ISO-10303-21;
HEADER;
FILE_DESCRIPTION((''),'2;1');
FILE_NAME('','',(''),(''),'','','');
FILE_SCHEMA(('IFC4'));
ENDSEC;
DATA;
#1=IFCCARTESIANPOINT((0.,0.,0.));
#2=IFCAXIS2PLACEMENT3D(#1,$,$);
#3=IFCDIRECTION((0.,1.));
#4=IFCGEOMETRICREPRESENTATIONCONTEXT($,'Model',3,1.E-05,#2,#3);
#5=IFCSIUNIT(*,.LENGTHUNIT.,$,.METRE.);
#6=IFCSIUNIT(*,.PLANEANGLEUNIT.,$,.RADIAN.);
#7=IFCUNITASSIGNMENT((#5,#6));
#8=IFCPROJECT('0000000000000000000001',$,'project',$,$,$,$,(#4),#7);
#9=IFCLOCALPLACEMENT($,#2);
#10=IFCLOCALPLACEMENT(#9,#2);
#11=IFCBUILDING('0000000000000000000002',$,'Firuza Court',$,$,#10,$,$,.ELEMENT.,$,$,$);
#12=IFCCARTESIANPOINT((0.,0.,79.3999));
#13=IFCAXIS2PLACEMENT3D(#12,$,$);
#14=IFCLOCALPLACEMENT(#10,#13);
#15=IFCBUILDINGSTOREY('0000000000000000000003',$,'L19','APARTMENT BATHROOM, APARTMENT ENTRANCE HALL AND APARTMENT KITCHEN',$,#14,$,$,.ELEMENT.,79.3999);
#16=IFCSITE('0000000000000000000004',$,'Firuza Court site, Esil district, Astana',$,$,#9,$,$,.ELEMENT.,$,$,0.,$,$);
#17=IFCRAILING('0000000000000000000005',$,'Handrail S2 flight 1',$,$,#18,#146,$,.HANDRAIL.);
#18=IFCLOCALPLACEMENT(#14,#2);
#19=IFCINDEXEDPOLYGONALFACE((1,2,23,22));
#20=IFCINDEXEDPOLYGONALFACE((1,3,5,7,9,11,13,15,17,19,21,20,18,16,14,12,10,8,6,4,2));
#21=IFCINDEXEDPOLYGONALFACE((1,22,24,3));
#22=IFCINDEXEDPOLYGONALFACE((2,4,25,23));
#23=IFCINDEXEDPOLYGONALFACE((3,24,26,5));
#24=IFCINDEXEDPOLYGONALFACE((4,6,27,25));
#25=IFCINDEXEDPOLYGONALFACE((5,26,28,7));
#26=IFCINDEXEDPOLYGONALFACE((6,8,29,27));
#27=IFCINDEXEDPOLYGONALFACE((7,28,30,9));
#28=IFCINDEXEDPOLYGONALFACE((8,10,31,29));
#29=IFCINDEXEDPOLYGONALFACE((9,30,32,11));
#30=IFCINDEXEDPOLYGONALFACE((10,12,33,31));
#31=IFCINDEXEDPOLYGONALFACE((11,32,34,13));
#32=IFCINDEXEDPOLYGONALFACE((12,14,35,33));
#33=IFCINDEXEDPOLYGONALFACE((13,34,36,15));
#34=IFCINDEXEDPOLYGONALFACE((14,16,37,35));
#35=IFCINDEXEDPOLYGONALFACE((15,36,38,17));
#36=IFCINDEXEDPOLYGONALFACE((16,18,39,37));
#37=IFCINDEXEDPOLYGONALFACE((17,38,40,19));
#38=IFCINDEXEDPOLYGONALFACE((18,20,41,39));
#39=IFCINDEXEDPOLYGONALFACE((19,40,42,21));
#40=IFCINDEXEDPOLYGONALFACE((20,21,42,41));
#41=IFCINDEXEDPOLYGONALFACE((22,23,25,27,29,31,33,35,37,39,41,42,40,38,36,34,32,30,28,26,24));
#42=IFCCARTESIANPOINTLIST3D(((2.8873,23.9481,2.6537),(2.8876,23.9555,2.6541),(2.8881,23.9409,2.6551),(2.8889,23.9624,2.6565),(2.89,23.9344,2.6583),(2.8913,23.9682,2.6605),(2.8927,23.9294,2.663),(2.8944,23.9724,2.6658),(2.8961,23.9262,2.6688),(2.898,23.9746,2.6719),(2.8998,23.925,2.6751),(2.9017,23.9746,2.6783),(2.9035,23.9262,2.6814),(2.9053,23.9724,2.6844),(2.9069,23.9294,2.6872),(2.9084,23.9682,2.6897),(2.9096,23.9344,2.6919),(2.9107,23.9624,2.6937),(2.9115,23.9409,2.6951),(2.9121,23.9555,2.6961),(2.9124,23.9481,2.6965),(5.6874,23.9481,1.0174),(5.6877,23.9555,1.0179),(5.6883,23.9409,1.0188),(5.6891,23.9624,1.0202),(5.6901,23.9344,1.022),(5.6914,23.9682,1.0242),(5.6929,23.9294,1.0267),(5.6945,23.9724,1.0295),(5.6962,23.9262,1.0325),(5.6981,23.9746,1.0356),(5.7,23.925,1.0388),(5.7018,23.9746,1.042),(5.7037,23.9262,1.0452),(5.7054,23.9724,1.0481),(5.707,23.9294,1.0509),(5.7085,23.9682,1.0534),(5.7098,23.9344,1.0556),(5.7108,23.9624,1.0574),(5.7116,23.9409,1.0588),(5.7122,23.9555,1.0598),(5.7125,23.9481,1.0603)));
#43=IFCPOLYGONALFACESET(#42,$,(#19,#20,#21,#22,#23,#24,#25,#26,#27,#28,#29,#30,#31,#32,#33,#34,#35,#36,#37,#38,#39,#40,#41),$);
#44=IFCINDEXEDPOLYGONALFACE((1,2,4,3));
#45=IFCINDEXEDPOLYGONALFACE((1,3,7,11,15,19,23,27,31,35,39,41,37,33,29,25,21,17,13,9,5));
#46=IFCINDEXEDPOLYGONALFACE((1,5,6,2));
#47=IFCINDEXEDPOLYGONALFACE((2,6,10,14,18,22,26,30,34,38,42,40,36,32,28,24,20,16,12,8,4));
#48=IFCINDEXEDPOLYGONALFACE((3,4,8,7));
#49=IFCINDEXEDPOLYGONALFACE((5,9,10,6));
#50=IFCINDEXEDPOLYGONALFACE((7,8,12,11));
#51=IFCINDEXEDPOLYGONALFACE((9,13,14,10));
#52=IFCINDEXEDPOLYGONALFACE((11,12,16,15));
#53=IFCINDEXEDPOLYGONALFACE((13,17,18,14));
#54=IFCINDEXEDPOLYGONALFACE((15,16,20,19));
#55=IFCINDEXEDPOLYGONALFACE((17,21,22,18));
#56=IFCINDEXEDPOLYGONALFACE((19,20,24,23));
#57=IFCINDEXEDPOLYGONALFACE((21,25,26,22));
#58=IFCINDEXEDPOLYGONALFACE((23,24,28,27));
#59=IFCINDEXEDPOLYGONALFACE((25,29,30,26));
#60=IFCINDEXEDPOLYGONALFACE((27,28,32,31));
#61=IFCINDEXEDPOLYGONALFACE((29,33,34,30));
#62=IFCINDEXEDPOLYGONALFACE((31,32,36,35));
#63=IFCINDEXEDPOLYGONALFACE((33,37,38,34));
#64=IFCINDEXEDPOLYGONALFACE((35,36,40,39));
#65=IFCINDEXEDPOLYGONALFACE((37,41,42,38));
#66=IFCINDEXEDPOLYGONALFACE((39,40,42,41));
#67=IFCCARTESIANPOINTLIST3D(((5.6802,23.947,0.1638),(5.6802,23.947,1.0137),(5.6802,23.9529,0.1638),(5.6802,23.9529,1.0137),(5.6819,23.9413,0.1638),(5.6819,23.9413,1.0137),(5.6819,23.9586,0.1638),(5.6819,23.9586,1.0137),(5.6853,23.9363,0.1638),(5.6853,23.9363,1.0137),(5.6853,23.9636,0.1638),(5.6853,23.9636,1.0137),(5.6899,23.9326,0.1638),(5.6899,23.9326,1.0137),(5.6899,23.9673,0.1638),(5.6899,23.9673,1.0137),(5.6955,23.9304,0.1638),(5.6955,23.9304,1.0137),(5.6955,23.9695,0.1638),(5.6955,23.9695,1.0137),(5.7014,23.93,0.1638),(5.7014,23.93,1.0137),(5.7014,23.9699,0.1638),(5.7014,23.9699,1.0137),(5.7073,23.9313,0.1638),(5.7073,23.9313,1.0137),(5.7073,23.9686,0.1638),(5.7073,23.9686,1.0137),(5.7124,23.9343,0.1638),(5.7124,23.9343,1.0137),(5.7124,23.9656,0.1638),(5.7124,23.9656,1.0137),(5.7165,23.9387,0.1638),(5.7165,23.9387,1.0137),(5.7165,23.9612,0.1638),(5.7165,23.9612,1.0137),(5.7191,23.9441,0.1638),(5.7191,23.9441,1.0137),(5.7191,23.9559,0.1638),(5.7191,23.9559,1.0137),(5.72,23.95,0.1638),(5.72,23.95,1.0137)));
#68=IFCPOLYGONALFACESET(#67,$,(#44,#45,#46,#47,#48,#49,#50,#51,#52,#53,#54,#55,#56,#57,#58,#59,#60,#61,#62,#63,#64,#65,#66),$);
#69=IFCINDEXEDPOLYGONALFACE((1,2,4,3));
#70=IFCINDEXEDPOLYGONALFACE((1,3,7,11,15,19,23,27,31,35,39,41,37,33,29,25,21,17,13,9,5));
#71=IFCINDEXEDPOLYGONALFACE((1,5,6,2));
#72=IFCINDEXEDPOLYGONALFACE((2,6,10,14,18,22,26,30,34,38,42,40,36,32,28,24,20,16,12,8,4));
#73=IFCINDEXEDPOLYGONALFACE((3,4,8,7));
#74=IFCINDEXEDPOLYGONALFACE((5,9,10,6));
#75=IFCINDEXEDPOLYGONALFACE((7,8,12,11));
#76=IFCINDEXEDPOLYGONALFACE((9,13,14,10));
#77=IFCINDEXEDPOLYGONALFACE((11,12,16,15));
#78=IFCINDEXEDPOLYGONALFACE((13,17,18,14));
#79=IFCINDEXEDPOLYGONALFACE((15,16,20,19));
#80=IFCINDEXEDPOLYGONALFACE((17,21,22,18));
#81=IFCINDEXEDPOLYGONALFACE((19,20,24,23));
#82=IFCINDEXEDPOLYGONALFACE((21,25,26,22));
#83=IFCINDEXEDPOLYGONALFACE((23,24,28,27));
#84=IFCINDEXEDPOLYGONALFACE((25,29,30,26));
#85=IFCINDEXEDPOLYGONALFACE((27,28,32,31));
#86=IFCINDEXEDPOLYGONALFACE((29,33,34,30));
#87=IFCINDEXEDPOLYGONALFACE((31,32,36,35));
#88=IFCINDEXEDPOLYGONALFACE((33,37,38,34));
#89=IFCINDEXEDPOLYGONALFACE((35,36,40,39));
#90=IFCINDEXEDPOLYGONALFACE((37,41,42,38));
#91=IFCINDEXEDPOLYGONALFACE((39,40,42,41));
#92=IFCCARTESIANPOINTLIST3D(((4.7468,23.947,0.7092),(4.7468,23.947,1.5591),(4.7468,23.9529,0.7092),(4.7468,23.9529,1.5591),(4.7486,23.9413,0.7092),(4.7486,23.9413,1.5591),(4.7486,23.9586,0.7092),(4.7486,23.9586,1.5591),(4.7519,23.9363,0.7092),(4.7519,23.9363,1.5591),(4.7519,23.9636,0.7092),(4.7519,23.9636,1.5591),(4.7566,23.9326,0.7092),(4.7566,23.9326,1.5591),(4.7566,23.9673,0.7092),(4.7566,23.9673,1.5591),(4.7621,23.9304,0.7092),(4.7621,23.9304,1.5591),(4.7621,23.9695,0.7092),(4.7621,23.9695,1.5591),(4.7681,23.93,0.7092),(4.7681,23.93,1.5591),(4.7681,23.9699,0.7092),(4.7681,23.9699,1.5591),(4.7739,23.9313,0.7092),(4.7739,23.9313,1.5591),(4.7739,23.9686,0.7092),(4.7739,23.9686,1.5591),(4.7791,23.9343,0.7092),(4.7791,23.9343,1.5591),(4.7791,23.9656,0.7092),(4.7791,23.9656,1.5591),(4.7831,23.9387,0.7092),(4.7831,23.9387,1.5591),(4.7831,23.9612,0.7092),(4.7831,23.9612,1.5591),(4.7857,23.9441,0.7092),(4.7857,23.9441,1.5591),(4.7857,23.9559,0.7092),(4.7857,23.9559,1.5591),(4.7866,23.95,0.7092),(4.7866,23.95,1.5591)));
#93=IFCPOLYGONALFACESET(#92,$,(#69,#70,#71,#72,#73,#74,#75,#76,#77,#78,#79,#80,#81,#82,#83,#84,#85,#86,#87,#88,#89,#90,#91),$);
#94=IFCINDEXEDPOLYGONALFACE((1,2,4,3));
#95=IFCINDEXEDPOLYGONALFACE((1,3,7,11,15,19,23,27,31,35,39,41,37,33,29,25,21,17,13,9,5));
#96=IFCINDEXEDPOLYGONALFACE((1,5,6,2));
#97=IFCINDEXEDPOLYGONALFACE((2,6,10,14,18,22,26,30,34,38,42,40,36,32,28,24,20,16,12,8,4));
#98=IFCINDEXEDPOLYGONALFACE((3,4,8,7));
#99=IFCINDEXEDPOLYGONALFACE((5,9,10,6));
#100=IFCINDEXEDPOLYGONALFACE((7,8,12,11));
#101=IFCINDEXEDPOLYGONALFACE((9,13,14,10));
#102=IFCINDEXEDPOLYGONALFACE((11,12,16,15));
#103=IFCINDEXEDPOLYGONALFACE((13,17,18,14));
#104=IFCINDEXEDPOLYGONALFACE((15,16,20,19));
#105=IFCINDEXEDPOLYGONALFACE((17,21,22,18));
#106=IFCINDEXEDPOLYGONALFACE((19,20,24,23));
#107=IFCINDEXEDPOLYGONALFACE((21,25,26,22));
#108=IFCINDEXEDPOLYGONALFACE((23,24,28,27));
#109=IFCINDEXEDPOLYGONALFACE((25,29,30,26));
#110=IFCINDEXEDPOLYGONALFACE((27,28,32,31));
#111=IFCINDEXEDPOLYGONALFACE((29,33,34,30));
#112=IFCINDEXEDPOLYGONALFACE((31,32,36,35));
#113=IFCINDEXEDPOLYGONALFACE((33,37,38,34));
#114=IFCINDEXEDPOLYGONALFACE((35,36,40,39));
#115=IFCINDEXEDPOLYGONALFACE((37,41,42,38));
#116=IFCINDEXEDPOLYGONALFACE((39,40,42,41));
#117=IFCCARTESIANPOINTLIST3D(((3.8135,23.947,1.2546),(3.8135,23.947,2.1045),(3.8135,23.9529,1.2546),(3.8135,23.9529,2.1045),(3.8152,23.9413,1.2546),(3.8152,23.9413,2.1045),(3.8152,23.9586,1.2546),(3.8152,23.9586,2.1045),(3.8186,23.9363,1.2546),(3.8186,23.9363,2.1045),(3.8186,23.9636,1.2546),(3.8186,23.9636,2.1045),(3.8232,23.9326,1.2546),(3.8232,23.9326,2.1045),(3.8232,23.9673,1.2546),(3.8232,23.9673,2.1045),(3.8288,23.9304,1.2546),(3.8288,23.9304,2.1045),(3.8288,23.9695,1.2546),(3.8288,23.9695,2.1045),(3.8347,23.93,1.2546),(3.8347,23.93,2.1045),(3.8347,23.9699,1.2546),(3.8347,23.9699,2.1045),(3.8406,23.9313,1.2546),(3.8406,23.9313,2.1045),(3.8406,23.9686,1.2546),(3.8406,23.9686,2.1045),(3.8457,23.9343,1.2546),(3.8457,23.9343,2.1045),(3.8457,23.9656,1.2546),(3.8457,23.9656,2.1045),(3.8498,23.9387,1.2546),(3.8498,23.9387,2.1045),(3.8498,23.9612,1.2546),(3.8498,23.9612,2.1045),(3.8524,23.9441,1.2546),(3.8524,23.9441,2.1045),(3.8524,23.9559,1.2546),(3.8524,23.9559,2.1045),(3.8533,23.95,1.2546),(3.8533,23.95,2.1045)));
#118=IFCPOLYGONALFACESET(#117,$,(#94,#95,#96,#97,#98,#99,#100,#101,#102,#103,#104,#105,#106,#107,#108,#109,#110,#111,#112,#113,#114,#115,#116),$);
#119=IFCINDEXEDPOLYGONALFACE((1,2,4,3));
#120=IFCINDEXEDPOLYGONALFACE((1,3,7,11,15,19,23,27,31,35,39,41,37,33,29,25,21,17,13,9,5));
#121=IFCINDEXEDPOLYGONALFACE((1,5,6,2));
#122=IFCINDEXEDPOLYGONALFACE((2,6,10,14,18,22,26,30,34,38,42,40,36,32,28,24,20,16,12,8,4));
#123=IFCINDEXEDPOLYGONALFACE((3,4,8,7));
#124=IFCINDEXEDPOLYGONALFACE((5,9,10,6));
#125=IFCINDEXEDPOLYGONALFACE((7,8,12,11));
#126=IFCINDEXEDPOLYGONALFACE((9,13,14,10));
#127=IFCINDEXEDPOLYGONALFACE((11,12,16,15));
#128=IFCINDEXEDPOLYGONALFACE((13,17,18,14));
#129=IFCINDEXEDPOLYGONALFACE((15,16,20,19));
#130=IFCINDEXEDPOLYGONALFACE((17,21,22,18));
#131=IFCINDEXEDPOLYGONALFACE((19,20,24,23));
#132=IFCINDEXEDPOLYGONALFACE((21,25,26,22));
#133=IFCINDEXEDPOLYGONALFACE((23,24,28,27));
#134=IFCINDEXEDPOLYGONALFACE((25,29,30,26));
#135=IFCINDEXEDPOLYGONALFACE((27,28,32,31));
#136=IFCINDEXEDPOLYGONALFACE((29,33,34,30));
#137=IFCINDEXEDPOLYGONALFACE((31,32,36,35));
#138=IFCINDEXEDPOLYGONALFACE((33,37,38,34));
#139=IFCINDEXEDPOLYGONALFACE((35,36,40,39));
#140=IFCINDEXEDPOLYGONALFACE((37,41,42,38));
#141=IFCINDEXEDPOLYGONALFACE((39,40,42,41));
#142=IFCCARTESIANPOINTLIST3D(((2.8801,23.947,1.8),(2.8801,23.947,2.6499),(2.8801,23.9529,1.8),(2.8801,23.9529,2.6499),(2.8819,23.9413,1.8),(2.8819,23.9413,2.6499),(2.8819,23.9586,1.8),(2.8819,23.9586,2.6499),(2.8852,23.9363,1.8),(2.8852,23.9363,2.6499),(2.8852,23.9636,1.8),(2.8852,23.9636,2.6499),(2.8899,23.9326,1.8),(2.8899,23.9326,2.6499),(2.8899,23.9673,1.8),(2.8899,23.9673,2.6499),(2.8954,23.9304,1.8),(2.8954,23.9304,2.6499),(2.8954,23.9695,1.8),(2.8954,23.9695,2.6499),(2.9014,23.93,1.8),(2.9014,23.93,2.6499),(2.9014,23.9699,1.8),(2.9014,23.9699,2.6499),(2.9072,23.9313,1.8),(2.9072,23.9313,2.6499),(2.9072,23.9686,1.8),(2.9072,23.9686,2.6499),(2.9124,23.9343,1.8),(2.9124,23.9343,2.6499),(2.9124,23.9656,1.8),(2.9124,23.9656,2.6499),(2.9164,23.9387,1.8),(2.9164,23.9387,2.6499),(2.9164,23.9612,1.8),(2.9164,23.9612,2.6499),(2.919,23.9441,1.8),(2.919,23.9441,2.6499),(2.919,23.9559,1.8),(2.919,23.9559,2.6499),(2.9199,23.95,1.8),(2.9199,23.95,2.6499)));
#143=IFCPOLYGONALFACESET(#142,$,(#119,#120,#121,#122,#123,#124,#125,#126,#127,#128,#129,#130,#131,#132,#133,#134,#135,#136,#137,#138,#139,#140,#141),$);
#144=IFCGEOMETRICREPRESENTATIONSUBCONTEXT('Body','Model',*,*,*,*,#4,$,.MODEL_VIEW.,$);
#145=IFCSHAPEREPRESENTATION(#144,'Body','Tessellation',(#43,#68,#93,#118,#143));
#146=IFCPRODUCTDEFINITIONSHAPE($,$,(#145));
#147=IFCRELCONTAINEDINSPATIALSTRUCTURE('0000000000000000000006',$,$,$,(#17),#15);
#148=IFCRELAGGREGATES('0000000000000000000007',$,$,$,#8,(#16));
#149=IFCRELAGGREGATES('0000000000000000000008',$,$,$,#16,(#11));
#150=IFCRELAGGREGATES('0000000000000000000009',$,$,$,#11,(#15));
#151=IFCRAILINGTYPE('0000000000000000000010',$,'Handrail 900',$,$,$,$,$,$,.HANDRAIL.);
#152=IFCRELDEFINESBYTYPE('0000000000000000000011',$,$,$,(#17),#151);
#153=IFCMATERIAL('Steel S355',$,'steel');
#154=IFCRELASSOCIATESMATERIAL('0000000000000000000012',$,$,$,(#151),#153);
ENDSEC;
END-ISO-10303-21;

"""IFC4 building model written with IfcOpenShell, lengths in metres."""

from ifc_helpers import new_model, si_unit, direction, frame, origin, origin_2d, place, context, subcontext, project, spatial, circle, extrude, material, type_object, element, save


model = new_model("IFC4")

# Units and contexts
model_context = context("Model", 3, precision=1e-05, world=origin(), true_north=direction((0.0, 1.0)))
body_context = subcontext(model_context, "Body", "Model", "MODEL_VIEW")
ifc_project = project(units=[si_unit("LENGTHUNIT", "METRE"), si_unit("PLANEANGLEUNIT", "RADIAN")], contexts=[model_context])

# Site, building, storey
site_placement = place(None, origin())
site = spatial("IfcSite", under=ifc_project, at=site_placement, Name="Firuza Court site, Esil district, Astana", CompositionType="ELEMENT", RefElevation=0.0)
building_placement = place(site_placement, origin())
building = spatial("IfcBuilding", under=site, at=building_placement, Name="Firuza Court", CompositionType="ELEMENT")
storey_placement = place(building_placement, frame((0.0, 0.0, 79.3999)))
storey = spatial("IfcBuildingStorey", under=building, at=storey_placement, Name="L19", Description="APARTMENT BATHROOM, APARTMENT ENTRANCE HALL AND APARTMENT KITCHEN", CompositionType="ELEMENT", Elevation=79.3999)

# Railing
ifc_material_1 = material(Name="Steel S355", Category="steel")
railing_type_1 = type_object("IfcRailingType", Name="Handrail 900", PredefinedType="HANDRAIL", material=ifc_material_1)
railing_1_placement = place(storey_placement, frame((5.7, 23.95, 0.1638)))
element("IfcRailing", 1, at=railing_1_placement, inside=storey, type_object=railing_type_1, Name="Handrail S2 flight 1", PredefinedType="HANDRAIL", context=body_context, shape_type="SweptSolid", body=[
    extrude(circle(Radius=0.0249, at=origin_2d()), frame((0.0, 0.0, 0.875), z_axis=(-0.863394, 0.0, 0.504531), x_axis=(0.0, -1.0, 0.0)), (0.0, 0.0, 1.0), 3.2432),
    extrude(circle(Radius=0.02, at=origin_2d()), origin(), (0.0, 0.0, 1.0), 0.8499),
    extrude(circle(Radius=0.02, at=origin_2d()), frame((-0.9333, 0.0, 0.5454)), (0.0, 0.0, 1.0), 0.8499),
    extrude(circle(Radius=0.02, at=origin_2d()), frame((-1.8667, 0.0, 1.0908)), (0.0, 0.0, 1.0), 0.8499),
    extrude(circle(Radius=0.02, at=origin_2d()), frame((-2.8, 0.0, 1.6362)), (0.0, 0.0, 1.0), 0.8499),
])

save(model, "model.ifc")
